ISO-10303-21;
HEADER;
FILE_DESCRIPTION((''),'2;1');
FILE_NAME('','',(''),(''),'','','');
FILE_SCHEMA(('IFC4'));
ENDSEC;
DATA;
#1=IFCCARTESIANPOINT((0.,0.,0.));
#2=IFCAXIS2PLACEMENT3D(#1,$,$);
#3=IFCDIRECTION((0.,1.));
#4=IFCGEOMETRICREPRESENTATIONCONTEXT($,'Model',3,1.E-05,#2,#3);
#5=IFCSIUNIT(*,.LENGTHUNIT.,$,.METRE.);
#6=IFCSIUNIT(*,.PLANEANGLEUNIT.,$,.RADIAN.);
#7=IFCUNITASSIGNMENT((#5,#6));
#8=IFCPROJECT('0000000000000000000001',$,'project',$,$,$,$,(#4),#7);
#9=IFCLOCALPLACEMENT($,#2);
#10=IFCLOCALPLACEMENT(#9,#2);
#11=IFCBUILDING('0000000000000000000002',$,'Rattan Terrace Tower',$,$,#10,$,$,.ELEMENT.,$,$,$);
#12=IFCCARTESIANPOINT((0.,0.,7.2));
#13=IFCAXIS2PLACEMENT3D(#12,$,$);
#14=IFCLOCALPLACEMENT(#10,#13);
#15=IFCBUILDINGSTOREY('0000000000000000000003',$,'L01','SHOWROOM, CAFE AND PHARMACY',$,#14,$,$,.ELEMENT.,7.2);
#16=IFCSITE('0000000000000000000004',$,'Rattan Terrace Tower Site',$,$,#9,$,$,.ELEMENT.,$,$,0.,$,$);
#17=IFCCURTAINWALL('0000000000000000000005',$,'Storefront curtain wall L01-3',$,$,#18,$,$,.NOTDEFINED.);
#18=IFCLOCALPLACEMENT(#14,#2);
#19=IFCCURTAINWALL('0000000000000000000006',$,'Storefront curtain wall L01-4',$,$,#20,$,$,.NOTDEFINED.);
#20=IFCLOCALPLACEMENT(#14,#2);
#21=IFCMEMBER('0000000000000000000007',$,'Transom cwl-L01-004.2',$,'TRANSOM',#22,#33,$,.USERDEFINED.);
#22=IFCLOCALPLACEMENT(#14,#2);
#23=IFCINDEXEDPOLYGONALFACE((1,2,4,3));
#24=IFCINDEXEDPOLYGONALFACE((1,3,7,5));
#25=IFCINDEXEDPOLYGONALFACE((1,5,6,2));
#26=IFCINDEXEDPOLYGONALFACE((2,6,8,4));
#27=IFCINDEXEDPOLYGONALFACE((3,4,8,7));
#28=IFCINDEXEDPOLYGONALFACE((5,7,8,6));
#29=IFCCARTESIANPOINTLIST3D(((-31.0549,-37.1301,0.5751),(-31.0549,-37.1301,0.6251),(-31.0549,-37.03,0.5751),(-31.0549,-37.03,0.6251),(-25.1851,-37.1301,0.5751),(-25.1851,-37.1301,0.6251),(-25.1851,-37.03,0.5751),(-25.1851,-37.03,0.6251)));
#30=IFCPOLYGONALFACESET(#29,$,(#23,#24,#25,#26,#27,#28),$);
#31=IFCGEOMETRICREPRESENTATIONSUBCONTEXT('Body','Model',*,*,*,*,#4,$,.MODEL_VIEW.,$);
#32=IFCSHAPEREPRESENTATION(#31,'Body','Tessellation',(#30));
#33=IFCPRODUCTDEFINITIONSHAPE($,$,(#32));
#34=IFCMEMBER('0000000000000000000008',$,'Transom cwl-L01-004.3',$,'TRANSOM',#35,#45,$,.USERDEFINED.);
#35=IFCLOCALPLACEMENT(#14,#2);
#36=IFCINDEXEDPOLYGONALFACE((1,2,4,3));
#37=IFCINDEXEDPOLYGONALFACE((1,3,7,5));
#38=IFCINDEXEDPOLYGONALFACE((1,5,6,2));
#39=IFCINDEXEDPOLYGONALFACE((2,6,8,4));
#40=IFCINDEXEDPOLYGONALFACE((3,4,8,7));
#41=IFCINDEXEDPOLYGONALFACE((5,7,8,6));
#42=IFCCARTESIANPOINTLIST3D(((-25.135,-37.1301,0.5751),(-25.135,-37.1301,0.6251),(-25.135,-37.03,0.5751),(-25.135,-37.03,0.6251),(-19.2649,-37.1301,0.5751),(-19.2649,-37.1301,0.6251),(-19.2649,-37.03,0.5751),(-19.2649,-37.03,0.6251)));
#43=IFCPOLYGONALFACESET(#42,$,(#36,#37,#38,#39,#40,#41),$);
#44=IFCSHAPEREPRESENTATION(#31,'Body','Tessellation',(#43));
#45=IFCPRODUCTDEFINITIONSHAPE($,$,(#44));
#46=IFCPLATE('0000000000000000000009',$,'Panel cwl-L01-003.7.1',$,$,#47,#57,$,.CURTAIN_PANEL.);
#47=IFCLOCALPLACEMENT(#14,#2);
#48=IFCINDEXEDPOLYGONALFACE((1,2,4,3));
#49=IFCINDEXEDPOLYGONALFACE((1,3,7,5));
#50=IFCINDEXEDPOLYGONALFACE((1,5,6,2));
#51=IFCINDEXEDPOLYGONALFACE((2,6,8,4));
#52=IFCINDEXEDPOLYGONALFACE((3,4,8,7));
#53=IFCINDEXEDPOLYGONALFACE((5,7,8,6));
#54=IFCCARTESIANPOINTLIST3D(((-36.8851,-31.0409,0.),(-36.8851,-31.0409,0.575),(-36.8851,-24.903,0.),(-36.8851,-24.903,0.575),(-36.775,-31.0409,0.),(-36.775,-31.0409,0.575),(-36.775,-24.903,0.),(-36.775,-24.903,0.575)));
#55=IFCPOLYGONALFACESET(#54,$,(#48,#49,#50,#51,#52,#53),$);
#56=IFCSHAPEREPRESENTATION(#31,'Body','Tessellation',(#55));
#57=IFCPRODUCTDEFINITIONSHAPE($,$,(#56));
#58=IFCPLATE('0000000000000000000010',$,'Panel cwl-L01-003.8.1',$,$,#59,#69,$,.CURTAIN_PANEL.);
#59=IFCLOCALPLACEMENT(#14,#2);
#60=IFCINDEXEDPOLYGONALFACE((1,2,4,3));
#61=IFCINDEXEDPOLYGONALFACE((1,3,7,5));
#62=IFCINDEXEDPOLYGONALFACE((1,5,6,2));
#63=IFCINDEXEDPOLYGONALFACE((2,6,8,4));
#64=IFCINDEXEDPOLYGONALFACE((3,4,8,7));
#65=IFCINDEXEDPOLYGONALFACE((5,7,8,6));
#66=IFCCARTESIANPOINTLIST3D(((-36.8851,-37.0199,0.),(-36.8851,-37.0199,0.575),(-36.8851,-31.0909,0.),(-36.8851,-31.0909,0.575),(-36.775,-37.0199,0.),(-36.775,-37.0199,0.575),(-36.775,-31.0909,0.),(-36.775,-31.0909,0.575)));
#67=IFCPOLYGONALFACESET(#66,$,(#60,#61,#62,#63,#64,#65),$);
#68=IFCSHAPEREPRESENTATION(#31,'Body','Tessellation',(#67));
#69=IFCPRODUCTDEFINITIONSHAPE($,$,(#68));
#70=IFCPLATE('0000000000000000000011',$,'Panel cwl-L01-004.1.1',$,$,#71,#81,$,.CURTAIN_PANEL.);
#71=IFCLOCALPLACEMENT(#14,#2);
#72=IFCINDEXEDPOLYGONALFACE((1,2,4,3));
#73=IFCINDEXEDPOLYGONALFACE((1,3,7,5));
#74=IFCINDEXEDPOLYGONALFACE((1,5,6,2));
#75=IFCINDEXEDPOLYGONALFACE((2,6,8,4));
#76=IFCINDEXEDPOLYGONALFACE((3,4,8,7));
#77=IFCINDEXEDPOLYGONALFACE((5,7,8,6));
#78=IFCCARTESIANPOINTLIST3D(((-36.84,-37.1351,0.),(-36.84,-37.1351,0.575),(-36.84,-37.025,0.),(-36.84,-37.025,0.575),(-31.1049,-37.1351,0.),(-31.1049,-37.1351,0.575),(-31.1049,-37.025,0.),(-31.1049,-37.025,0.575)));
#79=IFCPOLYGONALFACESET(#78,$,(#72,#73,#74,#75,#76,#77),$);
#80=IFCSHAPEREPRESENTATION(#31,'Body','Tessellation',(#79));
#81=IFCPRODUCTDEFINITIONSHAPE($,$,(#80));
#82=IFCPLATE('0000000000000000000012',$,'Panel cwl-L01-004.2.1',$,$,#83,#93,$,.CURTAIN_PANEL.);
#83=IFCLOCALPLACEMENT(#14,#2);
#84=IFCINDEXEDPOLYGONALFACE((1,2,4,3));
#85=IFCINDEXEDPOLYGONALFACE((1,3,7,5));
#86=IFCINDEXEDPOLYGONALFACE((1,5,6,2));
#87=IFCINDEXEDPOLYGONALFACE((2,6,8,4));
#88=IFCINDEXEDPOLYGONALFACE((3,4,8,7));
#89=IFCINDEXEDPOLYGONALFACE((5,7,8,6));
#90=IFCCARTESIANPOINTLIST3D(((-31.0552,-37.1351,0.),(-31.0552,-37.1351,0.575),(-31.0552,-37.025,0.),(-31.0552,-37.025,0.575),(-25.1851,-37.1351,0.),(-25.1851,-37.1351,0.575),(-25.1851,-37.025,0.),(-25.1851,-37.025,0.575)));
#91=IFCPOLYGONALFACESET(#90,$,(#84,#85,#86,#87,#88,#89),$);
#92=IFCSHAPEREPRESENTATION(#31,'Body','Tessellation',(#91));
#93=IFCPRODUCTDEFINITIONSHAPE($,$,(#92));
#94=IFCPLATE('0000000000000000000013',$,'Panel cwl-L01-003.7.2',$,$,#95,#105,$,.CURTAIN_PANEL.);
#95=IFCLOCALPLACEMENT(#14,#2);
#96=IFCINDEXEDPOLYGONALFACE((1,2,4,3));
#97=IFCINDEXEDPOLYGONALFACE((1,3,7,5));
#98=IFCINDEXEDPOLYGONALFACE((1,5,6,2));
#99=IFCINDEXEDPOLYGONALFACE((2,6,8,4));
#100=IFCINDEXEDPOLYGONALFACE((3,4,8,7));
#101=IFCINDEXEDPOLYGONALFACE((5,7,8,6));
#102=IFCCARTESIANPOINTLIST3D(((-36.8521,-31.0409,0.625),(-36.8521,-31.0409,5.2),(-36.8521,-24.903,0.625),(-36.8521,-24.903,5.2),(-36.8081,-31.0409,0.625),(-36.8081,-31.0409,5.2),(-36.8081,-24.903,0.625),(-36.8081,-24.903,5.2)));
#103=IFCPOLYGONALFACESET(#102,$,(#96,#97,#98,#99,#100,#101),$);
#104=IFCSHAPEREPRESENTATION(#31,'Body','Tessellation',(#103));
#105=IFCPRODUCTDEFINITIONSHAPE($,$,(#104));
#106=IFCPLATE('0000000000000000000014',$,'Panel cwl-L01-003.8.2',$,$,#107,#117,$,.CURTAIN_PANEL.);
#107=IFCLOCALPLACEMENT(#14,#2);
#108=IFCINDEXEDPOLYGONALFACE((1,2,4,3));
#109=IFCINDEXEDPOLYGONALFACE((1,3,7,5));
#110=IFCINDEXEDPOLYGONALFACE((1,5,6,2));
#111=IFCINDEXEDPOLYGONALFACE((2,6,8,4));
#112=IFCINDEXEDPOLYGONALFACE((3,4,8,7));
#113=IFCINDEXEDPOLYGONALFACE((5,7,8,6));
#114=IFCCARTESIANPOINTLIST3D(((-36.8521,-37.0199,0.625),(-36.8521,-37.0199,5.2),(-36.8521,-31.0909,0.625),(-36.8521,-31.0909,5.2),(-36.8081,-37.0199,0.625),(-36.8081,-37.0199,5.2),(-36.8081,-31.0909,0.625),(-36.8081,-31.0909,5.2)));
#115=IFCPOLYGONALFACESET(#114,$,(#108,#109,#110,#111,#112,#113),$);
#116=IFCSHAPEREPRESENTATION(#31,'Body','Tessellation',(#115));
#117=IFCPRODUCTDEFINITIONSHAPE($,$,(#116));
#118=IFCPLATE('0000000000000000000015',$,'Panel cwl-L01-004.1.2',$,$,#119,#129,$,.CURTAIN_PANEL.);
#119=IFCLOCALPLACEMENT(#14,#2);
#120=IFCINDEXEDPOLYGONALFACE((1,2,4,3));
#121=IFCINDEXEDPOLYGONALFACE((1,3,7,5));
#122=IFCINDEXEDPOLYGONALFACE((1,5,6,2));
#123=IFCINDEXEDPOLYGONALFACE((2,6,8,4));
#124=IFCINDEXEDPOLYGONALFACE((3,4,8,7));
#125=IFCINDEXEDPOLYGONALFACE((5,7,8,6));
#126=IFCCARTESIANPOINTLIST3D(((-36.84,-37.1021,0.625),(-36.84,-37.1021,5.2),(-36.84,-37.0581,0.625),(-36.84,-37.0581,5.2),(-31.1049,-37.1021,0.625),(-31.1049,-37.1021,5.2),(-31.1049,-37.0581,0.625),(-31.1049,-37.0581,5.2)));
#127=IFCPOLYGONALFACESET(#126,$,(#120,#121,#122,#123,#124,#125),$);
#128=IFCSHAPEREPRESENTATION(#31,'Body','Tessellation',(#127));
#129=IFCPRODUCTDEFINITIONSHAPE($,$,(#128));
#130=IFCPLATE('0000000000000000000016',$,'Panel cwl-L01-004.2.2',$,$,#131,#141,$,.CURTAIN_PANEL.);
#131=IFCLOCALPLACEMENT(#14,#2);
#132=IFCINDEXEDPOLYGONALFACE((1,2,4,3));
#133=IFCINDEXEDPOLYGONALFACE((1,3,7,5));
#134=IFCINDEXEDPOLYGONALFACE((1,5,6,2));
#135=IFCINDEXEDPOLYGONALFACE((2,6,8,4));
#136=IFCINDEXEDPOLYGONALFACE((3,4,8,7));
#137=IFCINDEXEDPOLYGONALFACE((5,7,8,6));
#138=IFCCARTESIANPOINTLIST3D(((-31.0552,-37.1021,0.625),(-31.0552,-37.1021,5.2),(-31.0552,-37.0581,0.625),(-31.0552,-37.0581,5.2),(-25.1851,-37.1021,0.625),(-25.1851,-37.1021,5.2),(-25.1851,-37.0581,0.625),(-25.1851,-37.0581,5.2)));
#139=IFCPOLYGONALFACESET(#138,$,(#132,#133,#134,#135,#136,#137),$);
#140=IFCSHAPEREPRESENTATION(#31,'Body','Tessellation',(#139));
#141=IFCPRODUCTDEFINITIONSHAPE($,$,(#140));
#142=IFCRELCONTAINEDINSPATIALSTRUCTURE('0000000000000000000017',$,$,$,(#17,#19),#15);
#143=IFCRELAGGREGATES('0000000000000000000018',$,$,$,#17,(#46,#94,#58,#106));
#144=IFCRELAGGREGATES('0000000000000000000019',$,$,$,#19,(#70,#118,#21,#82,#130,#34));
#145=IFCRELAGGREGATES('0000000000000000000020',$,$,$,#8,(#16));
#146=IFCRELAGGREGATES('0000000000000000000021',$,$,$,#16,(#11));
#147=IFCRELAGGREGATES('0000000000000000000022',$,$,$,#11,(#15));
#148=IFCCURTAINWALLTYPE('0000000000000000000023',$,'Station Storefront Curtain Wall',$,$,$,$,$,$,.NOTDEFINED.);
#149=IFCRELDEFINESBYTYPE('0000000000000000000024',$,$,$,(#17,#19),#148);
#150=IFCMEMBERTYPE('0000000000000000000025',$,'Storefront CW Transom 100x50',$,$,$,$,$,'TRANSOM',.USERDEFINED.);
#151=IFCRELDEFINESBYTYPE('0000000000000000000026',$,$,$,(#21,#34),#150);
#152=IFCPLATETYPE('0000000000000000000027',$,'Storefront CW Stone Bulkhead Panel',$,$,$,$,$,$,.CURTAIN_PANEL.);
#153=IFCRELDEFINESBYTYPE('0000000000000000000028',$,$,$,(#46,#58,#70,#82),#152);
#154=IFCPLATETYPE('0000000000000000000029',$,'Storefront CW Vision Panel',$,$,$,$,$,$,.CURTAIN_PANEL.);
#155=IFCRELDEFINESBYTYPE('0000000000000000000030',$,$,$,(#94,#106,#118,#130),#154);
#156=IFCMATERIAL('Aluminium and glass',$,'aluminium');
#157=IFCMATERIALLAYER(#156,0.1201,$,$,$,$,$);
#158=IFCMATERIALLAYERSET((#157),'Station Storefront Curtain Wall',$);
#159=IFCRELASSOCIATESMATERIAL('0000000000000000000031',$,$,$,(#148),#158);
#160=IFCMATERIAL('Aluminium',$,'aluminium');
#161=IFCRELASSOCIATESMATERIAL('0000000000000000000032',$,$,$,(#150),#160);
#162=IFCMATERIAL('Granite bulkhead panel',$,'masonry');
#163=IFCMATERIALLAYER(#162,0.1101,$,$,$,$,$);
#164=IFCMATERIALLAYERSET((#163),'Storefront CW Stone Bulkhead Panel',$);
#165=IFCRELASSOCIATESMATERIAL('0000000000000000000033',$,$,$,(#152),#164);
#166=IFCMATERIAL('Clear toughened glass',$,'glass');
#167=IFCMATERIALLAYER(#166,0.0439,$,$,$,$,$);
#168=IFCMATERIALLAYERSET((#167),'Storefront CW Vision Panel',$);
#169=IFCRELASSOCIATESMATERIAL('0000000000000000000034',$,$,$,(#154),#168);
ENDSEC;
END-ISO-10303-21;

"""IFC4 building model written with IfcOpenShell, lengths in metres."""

from ifc_helpers import new_model, si_unit, direction, frame, origin, origin_2d, place, context, subcontext, project, spatial, rectangle, extrude, material, layer, layer_set, material_profile, profile_set, type_object, element, aggregate, save


model = new_model("IFC4")

# Units and contexts
model_context = context("Model", 3, precision=1e-05, world=origin(), true_north=direction((0.0, 1.0)))
body_context = subcontext(model_context, "Body", "Model", "MODEL_VIEW")
ifc_project = project(units=[si_unit("LENGTHUNIT", "METRE"), si_unit("PLANEANGLEUNIT", "RADIAN")], contexts=[model_context])

# Site, building, storey
site_placement = place(None, origin())
site = spatial("IfcSite", under=ifc_project, at=site_placement, Name="Rattan Terrace Tower Site", CompositionType="ELEMENT", RefElevation=0.0)
building_placement = place(site_placement, origin())
building = spatial("IfcBuilding", under=site, at=building_placement, Name="Rattan Terrace Tower", CompositionType="ELEMENT")
storey_placement = place(building_placement, frame((0.0, 0.0, 7.2)))
storey = spatial("IfcBuildingStorey", under=building, at=storey_placement, Name="L01", Description="SHOWROOM, CAFE AND PHARMACY", CompositionType="ELEMENT", Elevation=7.2)

# Curtain wall
ifc_material_1 = material(Name="Aluminium and glass", Category="aluminium")
ifc_layer_1 = layer(ifc_material_1, 0.1201)
ifc_layer_set_1 = layer_set([ifc_layer_1], Name="Station Storefront Curtain Wall")
curtain_wall_type = type_object("IfcCurtainWallType", Name="Station Storefront Curtain Wall", PredefinedType="NOTDEFINED", material=ifc_layer_set_1)
curtain_wall_1_placement = place(storey_placement, origin())
curtain_wall_1 = element("IfcCurtainWall", 1, at=curtain_wall_1_placement, inside=storey, type_object=curtain_wall_type, Name="Storefront curtain wall L01-3", PredefinedType="NOTDEFINED")

# Curtain wall
curtain_wall_2_placement = place(storey_placement, origin())
curtain_wall_2 = element("IfcCurtainWall", 2, at=curtain_wall_2_placement, inside=storey, type_object=curtain_wall_type, Name="Storefront curtain wall L01-4", PredefinedType="NOTDEFINED")

# Members
ifc_material_2 = material(Name="Aluminium", Category="aluminium")
ifc_material_profile_1 = material_profile(ifc_material_2, rectangle(XDim=0.1001, YDim=0.05, at=origin_2d()), Name="Aluminium 100x50")
ifc_profile_set_1 = profile_set([ifc_material_profile_1], Name="Aluminium")
member_type_1 = type_object("IfcMemberType", Name="Storefront CW Transom 100x50", ElementType="TRANSOM", PredefinedType="USERDEFINED", material=ifc_profile_set_1)
member_1_placement = place(storey_placement, frame((-31.0549, -37.0801, 0.6001), z_axis=(1.0, 0.0, 0.0), x_axis=(0.0, 1.0, 0.0)))
member_1 = element("IfcMember", 3, at=member_1_placement, type_object=member_type_1, Name="Transom cwl-L01-004.2", ObjectType="TRANSOM", PredefinedType="USERDEFINED", context=body_context, shape_type="SweptSolid", body=[
    extrude(rectangle(XDim=0.1001, YDim=0.05, at=origin_2d()), origin(), (0.0, 0.0, 1.0), 5.8699),
])
member_2_placement = place(storey_placement, frame((-25.135, -37.0801, 0.6001), z_axis=(1.0, 0.0, 0.0), x_axis=(0.0, 1.0, 0.0)))
member_2 = element("IfcMember", 4, at=member_2_placement, type_object=member_type_1, Name="Transom cwl-L01-004.3", ObjectType="TRANSOM", PredefinedType="USERDEFINED", context=body_context, shape_type="SweptSolid", body=[
    extrude(rectangle(XDim=0.1001, YDim=0.05, at=origin_2d()), origin(), (0.0, 0.0, 1.0), 5.8701),
])

# Plates
ifc_material_3 = material(Name="Granite bulkhead panel", Category="masonry")
ifc_layer_2 = layer(ifc_material_3, 0.1101)
ifc_layer_set_2 = layer_set([ifc_layer_2], Name="Storefront CW Stone Bulkhead Panel")
plate_type_1 = type_object("IfcPlateType", Name="Storefront CW Stone Bulkhead Panel", PredefinedType="CURTAIN_PANEL", material=ifc_layer_set_2)
plate_1_placement = place(storey_placement, frame((-36.8301, -27.9719, 0.0), z_axis=(0.0, 0.0, 1.0), x_axis=(0.0, -1.0, 0.0)))
plate_1 = element("IfcPlate", 5, at=plate_1_placement, type_object=plate_type_1, Name="Panel cwl-L01-003.7.1", PredefinedType="CURTAIN_PANEL", context=body_context, shape_type="SweptSolid", body=[
    extrude(rectangle(XDim=6.1379, YDim=0.1101, at=origin_2d()), origin(), (0.0, 0.0, 1.0), 0.575),
])
plate_2_placement = place(storey_placement, frame((-36.8301, -34.0554, 0.0), z_axis=(0.0, 0.0, 1.0), x_axis=(0.0, -1.0, 0.0)))
plate_2 = element("IfcPlate", 6, at=plate_2_placement, type_object=plate_type_1, Name="Panel cwl-L01-003.8.1", PredefinedType="CURTAIN_PANEL", context=body_context, shape_type="SweptSolid", body=[
    extrude(rectangle(XDim=5.929, YDim=0.1101, at=origin_2d()), origin(), (0.0, 0.0, 1.0), 0.575),
])
plate_3_placement = place(storey_placement, frame((-33.9724, -37.0801, 0.0), z_axis=(0.0, 0.0, 1.0), x_axis=(1.0, 0.0, 0.0)))
plate_3 = element("IfcPlate", 7, at=plate_3_placement, type_object=plate_type_1, Name="Panel cwl-L01-004.1.1", PredefinedType="CURTAIN_PANEL", context=body_context, shape_type="SweptSolid", body=[
    extrude(rectangle(XDim=5.7351, YDim=0.1101, at=origin_2d()), origin(), (0.0, 0.0, 1.0), 0.575),
])
plate_4_placement = place(storey_placement, frame((-28.1201, -37.0801, 0.0), z_axis=(0.0, 0.0, 1.0), x_axis=(1.0, 0.0, 0.0)))
plate_4 = element("IfcPlate", 8, at=plate_4_placement, type_object=plate_type_1, Name="Panel cwl-L01-004.2.1", PredefinedType="CURTAIN_PANEL", context=body_context, shape_type="SweptSolid", body=[
    extrude(rectangle(XDim=5.8701, YDim=0.1101, at=origin_2d()), origin(), (0.0, 0.0, 1.0), 0.575),
])
ifc_material_4 = material(Name="Clear toughened glass", Category="glass")
ifc_layer_3 = layer(ifc_material_4, 0.0439)
ifc_layer_set_3 = layer_set([ifc_layer_3], Name="Storefront CW Vision Panel")
plate_type_2 = type_object("IfcPlateType", Name="Storefront CW Vision Panel", PredefinedType="CURTAIN_PANEL", material=ifc_layer_set_3)
plate_5_placement = place(storey_placement, frame((-36.8301, -27.9719, 0.625), z_axis=(0.0, 0.0, 1.0), x_axis=(0.0, -1.0, 0.0)))
plate_5 = element("IfcPlate", 9, at=plate_5_placement, type_object=plate_type_2, Name="Panel cwl-L01-003.7.2", PredefinedType="CURTAIN_PANEL", context=body_context, shape_type="SweptSolid", body=[
    extrude(rectangle(XDim=6.1379, YDim=0.0439, at=origin_2d()), origin(), (0.0, 0.0, 1.0), 4.575),
])
plate_6_placement = place(storey_placement, frame((-36.8301, -34.0554, 0.625), z_axis=(0.0, 0.0, 1.0), x_axis=(0.0, -1.0, 0.0)))
plate_6 = element("IfcPlate", 10, at=plate_6_placement, type_object=plate_type_2, Name="Panel cwl-L01-003.8.2", PredefinedType="CURTAIN_PANEL", context=body_context, shape_type="SweptSolid", body=[
    extrude(rectangle(XDim=5.929, YDim=0.0439, at=origin_2d()), origin(), (0.0, 0.0, 1.0), 4.575),
])
aggregate(curtain_wall_1, [plate_1, plate_5, plate_2, plate_6])
plate_7_placement = place(storey_placement, frame((-33.9724, -37.0801, 0.625), z_axis=(0.0, 0.0, 1.0), x_axis=(1.0, 0.0, 0.0)))
plate_7 = element("IfcPlate", 11, at=plate_7_placement, type_object=plate_type_2, Name="Panel cwl-L01-004.1.2", PredefinedType="CURTAIN_PANEL", context=body_context, shape_type="SweptSolid", body=[
    extrude(rectangle(XDim=5.7351, YDim=0.0439, at=origin_2d()), origin(), (0.0, 0.0, 1.0), 4.575),
])
plate_8_placement = place(storey_placement, frame((-28.1201, -37.0801, 0.625), z_axis=(0.0, 0.0, 1.0), x_axis=(1.0, 0.0, 0.0)))
plate_8 = element("IfcPlate", 12, at=plate_8_placement, type_object=plate_type_2, Name="Panel cwl-L01-004.2.2", PredefinedType="CURTAIN_PANEL", context=body_context, shape_type="SweptSolid", body=[
    extrude(rectangle(XDim=5.8701, YDim=0.0439, at=origin_2d()), origin(), (0.0, 0.0, 1.0), 4.575),
])
aggregate(curtain_wall_2, [plate_3, plate_7, member_1, plate_4, plate_8, member_2])

save(model, "model.ifc")
